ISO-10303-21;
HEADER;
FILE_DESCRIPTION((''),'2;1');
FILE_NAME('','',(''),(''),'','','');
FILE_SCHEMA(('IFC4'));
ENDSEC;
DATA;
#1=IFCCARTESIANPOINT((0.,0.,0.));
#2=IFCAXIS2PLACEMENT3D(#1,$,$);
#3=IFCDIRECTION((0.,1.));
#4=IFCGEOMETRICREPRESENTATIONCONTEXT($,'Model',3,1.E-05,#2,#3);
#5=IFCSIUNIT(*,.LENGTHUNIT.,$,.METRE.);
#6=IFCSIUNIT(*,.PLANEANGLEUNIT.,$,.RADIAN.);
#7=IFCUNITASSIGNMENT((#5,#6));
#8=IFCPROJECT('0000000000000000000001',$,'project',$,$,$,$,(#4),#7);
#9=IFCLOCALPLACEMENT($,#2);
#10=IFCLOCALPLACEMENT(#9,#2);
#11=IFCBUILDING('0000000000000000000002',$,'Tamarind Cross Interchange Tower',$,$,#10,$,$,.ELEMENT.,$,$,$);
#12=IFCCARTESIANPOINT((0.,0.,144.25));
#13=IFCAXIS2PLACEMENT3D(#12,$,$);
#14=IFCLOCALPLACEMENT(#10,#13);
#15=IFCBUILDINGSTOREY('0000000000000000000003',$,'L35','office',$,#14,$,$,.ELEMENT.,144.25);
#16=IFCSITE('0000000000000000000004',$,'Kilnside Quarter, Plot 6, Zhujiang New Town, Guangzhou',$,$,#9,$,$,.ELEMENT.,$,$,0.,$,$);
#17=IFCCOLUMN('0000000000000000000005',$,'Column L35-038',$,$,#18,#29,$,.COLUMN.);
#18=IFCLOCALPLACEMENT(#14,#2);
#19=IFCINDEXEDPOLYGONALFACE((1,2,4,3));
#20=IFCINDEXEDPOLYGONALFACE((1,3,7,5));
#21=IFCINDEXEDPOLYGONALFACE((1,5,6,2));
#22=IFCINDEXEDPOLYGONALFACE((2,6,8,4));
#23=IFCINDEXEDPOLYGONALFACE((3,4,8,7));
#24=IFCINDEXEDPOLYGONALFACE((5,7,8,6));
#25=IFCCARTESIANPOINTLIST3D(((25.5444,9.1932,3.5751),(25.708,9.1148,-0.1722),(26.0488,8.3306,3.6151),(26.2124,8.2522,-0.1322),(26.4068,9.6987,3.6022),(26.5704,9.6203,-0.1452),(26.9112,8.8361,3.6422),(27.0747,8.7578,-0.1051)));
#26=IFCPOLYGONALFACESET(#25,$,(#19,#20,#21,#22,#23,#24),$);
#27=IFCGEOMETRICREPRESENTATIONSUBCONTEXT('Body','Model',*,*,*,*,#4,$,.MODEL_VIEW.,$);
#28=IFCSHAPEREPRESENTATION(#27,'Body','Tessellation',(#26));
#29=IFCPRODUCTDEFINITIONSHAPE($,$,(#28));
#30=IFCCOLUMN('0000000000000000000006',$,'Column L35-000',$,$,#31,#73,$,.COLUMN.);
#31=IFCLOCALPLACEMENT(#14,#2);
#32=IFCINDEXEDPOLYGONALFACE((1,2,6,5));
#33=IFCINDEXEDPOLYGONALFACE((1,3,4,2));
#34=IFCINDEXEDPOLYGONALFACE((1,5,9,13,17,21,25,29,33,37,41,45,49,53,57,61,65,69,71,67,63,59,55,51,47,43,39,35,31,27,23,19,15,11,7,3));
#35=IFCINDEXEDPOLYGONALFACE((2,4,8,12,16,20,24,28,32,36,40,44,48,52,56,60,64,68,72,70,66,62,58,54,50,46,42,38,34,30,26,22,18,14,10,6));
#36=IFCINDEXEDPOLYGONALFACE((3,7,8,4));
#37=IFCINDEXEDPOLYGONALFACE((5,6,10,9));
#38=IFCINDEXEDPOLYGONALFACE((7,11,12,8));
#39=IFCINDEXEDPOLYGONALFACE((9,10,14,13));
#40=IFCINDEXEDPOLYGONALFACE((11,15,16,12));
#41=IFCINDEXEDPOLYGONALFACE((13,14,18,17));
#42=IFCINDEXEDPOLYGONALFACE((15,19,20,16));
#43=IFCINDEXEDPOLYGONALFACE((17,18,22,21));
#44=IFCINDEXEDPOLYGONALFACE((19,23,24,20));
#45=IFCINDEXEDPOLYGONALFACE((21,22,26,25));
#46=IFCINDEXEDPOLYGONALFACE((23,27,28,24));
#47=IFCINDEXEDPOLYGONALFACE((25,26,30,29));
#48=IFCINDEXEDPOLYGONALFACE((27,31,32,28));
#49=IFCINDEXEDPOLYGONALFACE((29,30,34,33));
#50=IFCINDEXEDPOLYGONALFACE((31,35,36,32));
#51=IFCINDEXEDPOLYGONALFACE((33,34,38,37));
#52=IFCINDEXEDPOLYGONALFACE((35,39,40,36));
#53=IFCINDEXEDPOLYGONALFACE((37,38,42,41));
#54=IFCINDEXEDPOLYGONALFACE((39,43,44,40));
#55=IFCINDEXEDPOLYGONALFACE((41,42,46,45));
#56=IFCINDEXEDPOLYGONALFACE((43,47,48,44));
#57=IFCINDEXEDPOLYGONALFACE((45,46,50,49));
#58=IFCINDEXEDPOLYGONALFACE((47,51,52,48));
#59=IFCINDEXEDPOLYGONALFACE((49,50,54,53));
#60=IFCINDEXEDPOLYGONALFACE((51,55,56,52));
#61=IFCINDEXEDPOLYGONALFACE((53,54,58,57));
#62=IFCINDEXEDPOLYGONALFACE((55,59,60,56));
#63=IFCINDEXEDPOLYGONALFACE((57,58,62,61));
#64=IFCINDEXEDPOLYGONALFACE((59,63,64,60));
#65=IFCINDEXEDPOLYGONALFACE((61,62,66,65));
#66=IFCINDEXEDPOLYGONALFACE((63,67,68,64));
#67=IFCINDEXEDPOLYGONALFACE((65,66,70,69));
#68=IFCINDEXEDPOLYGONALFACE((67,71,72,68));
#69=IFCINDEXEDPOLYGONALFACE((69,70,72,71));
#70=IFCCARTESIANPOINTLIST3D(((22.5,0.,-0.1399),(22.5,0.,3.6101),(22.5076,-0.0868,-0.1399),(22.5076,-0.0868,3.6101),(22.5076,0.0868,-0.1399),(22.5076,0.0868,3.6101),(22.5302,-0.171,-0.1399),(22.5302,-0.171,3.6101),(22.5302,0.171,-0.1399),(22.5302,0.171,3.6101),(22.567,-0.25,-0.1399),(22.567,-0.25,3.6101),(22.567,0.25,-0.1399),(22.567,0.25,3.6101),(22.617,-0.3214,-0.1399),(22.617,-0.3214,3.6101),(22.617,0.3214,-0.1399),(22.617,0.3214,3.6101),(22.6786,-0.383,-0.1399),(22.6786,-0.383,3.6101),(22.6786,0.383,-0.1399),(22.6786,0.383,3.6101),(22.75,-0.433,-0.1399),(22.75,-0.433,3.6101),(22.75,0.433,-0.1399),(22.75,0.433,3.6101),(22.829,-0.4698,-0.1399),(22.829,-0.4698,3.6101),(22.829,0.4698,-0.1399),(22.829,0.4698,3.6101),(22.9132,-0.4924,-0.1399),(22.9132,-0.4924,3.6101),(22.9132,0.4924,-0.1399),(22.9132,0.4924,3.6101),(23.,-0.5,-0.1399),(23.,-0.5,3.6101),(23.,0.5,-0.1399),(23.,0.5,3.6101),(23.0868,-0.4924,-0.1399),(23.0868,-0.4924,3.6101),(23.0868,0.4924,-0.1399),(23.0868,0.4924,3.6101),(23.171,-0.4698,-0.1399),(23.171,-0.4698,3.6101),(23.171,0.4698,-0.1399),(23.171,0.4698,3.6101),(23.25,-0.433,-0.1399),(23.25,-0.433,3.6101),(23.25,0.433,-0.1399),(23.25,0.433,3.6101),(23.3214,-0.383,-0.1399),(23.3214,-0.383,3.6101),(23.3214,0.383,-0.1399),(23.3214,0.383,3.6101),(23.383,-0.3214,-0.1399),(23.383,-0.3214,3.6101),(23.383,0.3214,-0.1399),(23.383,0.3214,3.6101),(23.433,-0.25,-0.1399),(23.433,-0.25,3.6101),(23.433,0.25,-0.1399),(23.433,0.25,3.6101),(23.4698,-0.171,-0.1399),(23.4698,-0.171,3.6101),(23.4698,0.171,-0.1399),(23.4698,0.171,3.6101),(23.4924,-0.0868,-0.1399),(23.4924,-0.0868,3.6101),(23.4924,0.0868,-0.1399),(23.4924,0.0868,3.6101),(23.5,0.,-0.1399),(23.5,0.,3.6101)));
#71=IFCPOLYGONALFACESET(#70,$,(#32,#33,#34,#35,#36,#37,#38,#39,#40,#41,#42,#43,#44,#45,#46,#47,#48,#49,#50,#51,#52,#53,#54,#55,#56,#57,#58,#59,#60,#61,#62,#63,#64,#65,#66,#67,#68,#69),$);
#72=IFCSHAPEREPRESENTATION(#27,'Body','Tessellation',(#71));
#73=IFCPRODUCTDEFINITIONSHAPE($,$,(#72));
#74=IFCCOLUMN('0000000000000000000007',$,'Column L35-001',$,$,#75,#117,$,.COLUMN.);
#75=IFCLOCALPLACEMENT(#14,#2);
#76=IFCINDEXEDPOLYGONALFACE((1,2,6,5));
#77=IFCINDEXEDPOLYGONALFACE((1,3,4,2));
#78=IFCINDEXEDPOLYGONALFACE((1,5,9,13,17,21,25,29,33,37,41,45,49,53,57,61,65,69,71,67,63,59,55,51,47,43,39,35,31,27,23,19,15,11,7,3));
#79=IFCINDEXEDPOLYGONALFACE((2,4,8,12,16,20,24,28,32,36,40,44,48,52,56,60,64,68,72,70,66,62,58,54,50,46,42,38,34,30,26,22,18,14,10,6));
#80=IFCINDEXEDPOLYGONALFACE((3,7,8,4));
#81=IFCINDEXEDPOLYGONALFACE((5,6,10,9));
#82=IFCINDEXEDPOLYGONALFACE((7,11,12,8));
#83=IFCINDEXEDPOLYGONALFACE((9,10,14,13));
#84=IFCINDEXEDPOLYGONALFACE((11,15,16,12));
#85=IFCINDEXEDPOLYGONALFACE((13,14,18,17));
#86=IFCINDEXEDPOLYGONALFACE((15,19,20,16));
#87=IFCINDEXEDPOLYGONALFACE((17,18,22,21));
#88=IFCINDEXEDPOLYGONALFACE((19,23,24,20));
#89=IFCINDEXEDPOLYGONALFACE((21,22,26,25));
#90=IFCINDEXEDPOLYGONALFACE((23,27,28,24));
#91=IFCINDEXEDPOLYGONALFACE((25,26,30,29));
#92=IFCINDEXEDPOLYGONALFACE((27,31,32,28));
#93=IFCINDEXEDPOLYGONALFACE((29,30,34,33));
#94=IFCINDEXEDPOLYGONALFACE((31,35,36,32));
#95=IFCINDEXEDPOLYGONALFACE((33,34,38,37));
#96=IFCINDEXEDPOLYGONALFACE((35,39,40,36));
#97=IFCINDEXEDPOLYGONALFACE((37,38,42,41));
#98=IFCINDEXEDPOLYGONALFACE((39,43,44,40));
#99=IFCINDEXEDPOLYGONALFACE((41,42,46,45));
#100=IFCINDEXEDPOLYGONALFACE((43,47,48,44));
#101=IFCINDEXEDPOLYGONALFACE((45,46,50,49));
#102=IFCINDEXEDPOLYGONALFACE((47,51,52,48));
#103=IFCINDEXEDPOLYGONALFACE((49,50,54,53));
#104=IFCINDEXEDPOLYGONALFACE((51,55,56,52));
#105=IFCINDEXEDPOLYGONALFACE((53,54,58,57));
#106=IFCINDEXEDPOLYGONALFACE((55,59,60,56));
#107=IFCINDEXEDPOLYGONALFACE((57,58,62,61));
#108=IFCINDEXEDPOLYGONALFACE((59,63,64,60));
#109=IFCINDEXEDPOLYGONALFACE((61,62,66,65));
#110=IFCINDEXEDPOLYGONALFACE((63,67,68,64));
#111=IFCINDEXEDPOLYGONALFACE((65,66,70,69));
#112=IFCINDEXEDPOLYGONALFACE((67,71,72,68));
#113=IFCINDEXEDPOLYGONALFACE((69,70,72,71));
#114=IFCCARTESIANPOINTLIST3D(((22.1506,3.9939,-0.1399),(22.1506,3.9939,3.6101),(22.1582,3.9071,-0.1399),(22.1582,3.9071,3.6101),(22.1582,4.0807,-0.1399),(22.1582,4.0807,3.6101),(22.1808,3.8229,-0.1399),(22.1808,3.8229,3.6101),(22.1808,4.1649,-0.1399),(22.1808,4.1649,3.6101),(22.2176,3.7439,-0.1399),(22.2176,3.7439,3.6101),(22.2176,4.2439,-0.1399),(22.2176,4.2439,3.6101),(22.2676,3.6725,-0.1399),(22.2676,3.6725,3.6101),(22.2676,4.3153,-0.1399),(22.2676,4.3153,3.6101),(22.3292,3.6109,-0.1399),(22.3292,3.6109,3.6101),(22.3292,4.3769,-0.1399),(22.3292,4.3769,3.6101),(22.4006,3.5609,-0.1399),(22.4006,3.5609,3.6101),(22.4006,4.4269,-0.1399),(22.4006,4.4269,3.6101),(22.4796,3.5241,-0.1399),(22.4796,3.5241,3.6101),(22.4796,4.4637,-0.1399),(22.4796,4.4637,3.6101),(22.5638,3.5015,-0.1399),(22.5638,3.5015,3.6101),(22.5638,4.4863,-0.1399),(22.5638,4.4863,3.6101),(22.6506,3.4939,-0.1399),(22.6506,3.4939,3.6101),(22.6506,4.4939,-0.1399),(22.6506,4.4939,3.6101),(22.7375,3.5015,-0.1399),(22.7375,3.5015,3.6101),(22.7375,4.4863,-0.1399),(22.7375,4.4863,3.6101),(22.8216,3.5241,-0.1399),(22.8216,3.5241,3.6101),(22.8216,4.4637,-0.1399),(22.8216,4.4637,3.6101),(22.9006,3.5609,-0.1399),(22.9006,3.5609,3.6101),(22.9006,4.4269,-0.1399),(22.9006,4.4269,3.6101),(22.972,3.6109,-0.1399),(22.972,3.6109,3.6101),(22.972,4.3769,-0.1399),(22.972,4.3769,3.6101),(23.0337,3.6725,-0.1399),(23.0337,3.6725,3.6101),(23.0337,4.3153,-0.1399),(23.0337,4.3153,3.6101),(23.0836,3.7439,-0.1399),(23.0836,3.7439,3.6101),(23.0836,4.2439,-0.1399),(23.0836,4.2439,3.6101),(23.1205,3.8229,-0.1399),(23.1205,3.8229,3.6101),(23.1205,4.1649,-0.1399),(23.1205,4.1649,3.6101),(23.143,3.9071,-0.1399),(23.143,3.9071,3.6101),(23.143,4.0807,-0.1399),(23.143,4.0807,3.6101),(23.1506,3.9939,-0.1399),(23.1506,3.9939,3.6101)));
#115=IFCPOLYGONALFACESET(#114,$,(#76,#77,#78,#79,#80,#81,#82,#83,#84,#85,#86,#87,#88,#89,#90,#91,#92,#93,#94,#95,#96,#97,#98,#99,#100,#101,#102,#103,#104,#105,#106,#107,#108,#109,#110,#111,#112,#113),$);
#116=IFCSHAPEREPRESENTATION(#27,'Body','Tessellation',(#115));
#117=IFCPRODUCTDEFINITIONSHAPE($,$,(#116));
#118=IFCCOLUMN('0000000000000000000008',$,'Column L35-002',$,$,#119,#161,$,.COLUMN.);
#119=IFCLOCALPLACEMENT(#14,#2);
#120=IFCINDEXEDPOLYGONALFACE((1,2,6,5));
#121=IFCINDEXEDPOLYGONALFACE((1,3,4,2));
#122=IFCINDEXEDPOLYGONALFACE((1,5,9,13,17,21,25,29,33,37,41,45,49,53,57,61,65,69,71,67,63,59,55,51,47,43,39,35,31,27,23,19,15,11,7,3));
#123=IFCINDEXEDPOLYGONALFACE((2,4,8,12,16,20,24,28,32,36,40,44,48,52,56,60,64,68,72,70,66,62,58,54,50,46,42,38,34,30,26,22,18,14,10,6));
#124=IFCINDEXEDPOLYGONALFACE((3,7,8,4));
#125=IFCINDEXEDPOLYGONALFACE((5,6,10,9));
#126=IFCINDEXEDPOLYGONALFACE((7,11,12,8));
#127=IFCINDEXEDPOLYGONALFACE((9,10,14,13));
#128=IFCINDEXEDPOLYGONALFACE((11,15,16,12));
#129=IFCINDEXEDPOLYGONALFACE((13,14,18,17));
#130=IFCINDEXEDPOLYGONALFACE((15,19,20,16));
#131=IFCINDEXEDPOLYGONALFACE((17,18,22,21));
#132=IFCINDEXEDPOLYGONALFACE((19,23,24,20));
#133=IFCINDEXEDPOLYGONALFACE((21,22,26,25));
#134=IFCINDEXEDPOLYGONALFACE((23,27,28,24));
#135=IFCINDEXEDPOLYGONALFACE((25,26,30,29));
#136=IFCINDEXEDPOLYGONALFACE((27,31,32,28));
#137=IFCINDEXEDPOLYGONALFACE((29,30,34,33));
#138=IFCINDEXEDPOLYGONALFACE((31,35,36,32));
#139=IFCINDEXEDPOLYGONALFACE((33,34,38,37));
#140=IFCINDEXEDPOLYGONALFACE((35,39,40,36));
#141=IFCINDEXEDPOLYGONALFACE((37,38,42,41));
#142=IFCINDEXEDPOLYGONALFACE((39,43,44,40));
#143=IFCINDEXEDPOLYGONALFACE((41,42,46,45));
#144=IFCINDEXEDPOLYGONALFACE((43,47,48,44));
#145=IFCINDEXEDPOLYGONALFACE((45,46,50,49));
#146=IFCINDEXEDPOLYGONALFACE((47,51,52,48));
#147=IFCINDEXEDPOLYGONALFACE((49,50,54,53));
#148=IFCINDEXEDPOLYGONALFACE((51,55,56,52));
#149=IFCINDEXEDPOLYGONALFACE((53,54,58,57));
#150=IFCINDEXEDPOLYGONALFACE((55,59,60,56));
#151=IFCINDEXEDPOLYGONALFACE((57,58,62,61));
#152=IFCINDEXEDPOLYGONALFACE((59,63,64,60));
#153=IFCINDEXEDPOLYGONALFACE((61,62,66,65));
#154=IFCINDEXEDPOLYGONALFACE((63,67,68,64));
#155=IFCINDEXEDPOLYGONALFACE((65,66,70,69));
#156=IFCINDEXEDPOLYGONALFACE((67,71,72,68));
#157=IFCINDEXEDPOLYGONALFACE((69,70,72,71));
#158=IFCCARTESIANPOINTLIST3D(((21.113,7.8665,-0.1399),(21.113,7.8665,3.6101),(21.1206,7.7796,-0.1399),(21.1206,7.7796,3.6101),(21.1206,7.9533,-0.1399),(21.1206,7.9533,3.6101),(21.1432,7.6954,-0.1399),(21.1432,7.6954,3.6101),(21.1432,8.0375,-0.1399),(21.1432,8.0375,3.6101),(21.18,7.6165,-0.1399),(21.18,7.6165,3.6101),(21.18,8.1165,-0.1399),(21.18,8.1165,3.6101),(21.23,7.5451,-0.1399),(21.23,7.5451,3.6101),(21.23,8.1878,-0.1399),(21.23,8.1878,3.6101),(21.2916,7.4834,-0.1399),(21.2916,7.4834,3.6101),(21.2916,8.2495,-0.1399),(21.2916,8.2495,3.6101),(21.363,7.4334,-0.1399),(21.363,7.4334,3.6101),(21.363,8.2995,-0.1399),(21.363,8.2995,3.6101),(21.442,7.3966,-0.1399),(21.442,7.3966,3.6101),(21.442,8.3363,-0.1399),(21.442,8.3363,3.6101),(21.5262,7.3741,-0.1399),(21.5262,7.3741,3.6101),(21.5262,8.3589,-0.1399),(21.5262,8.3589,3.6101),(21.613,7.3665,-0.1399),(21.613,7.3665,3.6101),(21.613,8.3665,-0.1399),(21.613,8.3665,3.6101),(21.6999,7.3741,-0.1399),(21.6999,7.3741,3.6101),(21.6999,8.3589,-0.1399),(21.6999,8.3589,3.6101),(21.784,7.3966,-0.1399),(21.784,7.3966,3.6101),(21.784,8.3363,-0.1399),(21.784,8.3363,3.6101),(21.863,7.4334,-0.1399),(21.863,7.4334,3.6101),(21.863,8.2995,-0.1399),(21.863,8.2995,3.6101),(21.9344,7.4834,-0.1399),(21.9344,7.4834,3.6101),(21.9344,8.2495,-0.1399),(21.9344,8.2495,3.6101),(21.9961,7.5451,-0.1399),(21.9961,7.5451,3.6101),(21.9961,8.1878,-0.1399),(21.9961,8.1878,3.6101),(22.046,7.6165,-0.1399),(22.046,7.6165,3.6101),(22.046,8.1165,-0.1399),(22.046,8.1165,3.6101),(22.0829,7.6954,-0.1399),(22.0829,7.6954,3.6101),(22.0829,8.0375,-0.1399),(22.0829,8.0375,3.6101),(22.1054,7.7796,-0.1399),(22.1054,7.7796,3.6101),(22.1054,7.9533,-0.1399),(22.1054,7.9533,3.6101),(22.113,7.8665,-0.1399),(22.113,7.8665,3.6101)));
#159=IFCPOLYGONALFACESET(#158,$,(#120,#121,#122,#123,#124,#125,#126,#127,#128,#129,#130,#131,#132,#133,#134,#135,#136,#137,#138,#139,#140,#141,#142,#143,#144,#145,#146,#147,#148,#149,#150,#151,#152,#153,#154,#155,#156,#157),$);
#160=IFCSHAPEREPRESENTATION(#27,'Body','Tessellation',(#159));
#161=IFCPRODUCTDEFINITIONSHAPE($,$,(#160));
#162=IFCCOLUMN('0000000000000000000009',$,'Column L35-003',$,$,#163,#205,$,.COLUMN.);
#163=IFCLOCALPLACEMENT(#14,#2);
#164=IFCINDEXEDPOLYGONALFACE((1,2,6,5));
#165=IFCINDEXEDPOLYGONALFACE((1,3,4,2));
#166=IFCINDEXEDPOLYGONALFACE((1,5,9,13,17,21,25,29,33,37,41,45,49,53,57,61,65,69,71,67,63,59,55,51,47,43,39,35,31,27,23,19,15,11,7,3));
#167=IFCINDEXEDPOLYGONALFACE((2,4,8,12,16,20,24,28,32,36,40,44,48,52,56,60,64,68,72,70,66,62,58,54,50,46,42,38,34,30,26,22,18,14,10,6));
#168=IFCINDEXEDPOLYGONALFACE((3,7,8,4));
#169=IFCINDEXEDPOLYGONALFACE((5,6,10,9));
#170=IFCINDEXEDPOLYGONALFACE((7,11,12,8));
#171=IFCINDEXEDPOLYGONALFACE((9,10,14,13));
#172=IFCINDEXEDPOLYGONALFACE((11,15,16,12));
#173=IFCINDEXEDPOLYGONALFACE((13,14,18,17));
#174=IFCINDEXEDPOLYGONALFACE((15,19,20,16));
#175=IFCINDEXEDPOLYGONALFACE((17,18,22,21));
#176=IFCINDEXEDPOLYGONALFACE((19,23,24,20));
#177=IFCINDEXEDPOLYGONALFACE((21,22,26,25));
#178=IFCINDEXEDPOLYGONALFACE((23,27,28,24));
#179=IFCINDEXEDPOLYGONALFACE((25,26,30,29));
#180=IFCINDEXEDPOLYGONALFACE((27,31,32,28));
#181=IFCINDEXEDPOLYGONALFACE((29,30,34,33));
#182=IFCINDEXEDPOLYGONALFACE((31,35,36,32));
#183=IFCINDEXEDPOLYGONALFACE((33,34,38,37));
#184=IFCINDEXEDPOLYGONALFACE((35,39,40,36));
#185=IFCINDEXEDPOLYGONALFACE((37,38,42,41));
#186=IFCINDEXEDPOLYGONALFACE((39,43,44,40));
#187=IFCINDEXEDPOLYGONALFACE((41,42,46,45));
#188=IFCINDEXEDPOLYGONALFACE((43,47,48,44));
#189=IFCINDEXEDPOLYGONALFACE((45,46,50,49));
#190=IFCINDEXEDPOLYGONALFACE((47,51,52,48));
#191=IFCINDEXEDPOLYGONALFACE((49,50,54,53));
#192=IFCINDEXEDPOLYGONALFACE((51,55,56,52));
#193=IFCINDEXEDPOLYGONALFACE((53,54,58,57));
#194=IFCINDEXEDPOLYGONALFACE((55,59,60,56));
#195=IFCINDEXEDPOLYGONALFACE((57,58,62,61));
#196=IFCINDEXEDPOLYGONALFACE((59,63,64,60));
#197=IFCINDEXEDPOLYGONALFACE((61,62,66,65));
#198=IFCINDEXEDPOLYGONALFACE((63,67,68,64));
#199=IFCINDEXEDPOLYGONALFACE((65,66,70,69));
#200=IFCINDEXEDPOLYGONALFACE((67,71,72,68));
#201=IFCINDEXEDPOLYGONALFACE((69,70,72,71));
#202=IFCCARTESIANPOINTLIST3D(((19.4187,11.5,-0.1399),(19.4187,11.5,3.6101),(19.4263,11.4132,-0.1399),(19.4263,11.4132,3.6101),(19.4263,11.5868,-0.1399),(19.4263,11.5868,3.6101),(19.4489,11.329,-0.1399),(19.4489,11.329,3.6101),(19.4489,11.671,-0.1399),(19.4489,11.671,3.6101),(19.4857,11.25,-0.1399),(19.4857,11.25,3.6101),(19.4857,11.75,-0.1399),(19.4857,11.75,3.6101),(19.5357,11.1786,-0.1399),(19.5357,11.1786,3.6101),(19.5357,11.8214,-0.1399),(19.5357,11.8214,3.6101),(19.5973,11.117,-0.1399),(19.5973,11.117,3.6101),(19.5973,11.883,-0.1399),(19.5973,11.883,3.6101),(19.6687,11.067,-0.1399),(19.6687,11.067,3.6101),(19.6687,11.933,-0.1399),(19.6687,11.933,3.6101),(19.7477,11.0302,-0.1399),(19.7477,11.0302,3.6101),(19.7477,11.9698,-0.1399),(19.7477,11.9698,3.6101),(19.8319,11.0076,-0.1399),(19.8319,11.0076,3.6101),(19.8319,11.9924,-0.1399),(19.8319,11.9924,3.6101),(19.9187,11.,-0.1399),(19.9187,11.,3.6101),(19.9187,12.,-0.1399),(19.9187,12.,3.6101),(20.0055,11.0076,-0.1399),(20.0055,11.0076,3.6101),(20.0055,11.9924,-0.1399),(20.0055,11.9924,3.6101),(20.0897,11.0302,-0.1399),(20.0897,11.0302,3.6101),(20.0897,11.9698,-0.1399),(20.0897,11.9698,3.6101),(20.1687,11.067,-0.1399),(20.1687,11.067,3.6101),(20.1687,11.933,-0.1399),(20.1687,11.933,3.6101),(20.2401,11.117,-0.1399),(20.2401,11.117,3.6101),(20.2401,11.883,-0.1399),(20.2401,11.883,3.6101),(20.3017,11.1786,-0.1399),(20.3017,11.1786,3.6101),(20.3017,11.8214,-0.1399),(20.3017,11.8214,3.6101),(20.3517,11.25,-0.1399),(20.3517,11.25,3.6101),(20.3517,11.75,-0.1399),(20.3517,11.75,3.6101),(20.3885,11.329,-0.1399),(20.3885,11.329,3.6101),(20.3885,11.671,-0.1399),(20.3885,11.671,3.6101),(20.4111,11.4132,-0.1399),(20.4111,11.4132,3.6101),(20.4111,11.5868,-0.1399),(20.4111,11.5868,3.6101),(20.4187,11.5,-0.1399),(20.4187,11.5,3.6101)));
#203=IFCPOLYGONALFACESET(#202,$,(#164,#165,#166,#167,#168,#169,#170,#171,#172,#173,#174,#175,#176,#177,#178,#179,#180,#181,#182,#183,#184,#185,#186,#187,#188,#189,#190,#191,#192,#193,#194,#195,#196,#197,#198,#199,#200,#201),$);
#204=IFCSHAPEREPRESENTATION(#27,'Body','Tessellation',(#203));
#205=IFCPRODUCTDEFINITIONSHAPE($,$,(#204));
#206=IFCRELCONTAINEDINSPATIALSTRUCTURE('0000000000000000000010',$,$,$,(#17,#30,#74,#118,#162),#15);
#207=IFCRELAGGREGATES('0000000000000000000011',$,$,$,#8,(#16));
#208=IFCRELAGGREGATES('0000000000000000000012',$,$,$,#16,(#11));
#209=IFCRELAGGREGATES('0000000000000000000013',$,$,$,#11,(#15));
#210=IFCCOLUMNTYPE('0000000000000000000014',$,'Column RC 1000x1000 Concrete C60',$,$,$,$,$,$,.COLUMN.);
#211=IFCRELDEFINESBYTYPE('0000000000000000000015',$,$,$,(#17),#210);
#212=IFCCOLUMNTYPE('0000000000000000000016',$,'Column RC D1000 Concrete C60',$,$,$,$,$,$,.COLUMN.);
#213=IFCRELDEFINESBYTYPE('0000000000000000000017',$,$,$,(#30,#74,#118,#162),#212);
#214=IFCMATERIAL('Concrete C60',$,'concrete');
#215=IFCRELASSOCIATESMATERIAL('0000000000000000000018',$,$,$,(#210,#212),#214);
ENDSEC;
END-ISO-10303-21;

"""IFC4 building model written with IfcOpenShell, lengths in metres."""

from ifc_helpers import new_model, si_unit, direction, frame, origin, origin_2d, place, context, subcontext, project, spatial, rectangle, circle, extrude, material, material_profile, profile_set, type_object, element, save


model = new_model("IFC4")

# Units and contexts
model_context = context("Model", 3, precision=1e-05, world=origin(), true_north=direction((0.0, 1.0)))
body_context = subcontext(model_context, "Body", "Model", "MODEL_VIEW")
ifc_project = project(units=[si_unit("LENGTHUNIT", "METRE"), si_unit("PLANEANGLEUNIT", "RADIAN")], contexts=[model_context])

# Site, building, storey
site_placement = place(None, origin())
site = spatial("IfcSite", under=ifc_project, at=site_placement, Name="Kilnside Quarter, Plot 6, Zhujiang New Town, Guangzhou", CompositionType="ELEMENT", RefElevation=0.0)
building_placement = place(site_placement, origin())
building = spatial("IfcBuilding", under=site, at=building_placement, Name="Tamarind Cross Interchange Tower", CompositionType="ELEMENT")
storey_placement = place(building_placement, frame((0.0, 0.0, 144.25)))
storey = spatial("IfcBuildingStorey", under=building, at=storey_placement, Name="L35", Description="office", CompositionType="ELEMENT", Elevation=144.25)

# Columns
ifc_material_1 = material(Name="Concrete C60", Category="concrete")
ifc_material_profile_1 = material_profile(ifc_material_1, rectangle(XDim=1.0, YDim=1.0, at=origin_2d()), Name="RC 1000x1000")
ifc_profile_set_1 = profile_set([ifc_material_profile_1], Name="Concrete C60")
column_type_1 = type_object("IfcColumnType", Name="Column RC 1000x1000 Concrete C60", PredefinedType="COLUMN", material=ifc_profile_set_1)
column_placement = place(storey_placement, frame((26.3914, 8.9363, -0.1387), z_axis=(-0.0436, 0.020889, 0.998831), x_axis=(0.504375, -0.862555, 0.040055)))
element("IfcColumn", 1, at=column_placement, inside=storey, type_object=column_type_1, Name="Column L35-038", PredefinedType="COLUMN", context=body_context, shape_type="SweptSolid", body=[
    extrude(rectangle(XDim=1.0, YDim=1.0, at=origin_2d()), origin(), (0.0, 0.0, 1.0), 3.7517),
])
ifc_material_profile_2 = material_profile(ifc_material_1, circle(Radius=0.5, at=origin_2d()), Name="RC D1000")
ifc_profile_set_2 = profile_set([ifc_material_profile_2], Name="Concrete C60")
column_type_2 = type_object("IfcColumnType", Name="Column RC D1000 Concrete C60", PredefinedType="COLUMN", material=ifc_profile_set_2)
for number, where, z_axis, x_axis, name in (
    (2, (23.0, 0.0, -0.1399), (0.0, 0.0, 1.0), (1.0, 0.0, 0.0), "Column L35-000"),
    (3, (22.6506, 3.9939, -0.1399), (0.0, 0.0, 1.0), (1.0, 0.0, 0.0), "Column L35-001"),
    (4, (21.613, 7.8665, -0.1399), (0.0, 0.0, 1.0), (1.0, 0.0, 0.0), "Column L35-002"),
    (5, (19.9187, 11.5, -0.1399), (0.0, 0.0, 1.0), (1.0, 0.0, 0.0), "Column L35-003"),
):
    element("IfcColumn", number, at=place(storey_placement, frame(where, z_axis=z_axis, x_axis=x_axis)), inside=storey, type_object=column_type_2, Name=name, PredefinedType="COLUMN", context=body_context, shape_type="SweptSolid", body=[
        extrude(circle(Radius=0.5, at=origin_2d()), origin(), (0.0, 0.0, 1.0), 3.75),
    ])

save(model, "model.ifc")
